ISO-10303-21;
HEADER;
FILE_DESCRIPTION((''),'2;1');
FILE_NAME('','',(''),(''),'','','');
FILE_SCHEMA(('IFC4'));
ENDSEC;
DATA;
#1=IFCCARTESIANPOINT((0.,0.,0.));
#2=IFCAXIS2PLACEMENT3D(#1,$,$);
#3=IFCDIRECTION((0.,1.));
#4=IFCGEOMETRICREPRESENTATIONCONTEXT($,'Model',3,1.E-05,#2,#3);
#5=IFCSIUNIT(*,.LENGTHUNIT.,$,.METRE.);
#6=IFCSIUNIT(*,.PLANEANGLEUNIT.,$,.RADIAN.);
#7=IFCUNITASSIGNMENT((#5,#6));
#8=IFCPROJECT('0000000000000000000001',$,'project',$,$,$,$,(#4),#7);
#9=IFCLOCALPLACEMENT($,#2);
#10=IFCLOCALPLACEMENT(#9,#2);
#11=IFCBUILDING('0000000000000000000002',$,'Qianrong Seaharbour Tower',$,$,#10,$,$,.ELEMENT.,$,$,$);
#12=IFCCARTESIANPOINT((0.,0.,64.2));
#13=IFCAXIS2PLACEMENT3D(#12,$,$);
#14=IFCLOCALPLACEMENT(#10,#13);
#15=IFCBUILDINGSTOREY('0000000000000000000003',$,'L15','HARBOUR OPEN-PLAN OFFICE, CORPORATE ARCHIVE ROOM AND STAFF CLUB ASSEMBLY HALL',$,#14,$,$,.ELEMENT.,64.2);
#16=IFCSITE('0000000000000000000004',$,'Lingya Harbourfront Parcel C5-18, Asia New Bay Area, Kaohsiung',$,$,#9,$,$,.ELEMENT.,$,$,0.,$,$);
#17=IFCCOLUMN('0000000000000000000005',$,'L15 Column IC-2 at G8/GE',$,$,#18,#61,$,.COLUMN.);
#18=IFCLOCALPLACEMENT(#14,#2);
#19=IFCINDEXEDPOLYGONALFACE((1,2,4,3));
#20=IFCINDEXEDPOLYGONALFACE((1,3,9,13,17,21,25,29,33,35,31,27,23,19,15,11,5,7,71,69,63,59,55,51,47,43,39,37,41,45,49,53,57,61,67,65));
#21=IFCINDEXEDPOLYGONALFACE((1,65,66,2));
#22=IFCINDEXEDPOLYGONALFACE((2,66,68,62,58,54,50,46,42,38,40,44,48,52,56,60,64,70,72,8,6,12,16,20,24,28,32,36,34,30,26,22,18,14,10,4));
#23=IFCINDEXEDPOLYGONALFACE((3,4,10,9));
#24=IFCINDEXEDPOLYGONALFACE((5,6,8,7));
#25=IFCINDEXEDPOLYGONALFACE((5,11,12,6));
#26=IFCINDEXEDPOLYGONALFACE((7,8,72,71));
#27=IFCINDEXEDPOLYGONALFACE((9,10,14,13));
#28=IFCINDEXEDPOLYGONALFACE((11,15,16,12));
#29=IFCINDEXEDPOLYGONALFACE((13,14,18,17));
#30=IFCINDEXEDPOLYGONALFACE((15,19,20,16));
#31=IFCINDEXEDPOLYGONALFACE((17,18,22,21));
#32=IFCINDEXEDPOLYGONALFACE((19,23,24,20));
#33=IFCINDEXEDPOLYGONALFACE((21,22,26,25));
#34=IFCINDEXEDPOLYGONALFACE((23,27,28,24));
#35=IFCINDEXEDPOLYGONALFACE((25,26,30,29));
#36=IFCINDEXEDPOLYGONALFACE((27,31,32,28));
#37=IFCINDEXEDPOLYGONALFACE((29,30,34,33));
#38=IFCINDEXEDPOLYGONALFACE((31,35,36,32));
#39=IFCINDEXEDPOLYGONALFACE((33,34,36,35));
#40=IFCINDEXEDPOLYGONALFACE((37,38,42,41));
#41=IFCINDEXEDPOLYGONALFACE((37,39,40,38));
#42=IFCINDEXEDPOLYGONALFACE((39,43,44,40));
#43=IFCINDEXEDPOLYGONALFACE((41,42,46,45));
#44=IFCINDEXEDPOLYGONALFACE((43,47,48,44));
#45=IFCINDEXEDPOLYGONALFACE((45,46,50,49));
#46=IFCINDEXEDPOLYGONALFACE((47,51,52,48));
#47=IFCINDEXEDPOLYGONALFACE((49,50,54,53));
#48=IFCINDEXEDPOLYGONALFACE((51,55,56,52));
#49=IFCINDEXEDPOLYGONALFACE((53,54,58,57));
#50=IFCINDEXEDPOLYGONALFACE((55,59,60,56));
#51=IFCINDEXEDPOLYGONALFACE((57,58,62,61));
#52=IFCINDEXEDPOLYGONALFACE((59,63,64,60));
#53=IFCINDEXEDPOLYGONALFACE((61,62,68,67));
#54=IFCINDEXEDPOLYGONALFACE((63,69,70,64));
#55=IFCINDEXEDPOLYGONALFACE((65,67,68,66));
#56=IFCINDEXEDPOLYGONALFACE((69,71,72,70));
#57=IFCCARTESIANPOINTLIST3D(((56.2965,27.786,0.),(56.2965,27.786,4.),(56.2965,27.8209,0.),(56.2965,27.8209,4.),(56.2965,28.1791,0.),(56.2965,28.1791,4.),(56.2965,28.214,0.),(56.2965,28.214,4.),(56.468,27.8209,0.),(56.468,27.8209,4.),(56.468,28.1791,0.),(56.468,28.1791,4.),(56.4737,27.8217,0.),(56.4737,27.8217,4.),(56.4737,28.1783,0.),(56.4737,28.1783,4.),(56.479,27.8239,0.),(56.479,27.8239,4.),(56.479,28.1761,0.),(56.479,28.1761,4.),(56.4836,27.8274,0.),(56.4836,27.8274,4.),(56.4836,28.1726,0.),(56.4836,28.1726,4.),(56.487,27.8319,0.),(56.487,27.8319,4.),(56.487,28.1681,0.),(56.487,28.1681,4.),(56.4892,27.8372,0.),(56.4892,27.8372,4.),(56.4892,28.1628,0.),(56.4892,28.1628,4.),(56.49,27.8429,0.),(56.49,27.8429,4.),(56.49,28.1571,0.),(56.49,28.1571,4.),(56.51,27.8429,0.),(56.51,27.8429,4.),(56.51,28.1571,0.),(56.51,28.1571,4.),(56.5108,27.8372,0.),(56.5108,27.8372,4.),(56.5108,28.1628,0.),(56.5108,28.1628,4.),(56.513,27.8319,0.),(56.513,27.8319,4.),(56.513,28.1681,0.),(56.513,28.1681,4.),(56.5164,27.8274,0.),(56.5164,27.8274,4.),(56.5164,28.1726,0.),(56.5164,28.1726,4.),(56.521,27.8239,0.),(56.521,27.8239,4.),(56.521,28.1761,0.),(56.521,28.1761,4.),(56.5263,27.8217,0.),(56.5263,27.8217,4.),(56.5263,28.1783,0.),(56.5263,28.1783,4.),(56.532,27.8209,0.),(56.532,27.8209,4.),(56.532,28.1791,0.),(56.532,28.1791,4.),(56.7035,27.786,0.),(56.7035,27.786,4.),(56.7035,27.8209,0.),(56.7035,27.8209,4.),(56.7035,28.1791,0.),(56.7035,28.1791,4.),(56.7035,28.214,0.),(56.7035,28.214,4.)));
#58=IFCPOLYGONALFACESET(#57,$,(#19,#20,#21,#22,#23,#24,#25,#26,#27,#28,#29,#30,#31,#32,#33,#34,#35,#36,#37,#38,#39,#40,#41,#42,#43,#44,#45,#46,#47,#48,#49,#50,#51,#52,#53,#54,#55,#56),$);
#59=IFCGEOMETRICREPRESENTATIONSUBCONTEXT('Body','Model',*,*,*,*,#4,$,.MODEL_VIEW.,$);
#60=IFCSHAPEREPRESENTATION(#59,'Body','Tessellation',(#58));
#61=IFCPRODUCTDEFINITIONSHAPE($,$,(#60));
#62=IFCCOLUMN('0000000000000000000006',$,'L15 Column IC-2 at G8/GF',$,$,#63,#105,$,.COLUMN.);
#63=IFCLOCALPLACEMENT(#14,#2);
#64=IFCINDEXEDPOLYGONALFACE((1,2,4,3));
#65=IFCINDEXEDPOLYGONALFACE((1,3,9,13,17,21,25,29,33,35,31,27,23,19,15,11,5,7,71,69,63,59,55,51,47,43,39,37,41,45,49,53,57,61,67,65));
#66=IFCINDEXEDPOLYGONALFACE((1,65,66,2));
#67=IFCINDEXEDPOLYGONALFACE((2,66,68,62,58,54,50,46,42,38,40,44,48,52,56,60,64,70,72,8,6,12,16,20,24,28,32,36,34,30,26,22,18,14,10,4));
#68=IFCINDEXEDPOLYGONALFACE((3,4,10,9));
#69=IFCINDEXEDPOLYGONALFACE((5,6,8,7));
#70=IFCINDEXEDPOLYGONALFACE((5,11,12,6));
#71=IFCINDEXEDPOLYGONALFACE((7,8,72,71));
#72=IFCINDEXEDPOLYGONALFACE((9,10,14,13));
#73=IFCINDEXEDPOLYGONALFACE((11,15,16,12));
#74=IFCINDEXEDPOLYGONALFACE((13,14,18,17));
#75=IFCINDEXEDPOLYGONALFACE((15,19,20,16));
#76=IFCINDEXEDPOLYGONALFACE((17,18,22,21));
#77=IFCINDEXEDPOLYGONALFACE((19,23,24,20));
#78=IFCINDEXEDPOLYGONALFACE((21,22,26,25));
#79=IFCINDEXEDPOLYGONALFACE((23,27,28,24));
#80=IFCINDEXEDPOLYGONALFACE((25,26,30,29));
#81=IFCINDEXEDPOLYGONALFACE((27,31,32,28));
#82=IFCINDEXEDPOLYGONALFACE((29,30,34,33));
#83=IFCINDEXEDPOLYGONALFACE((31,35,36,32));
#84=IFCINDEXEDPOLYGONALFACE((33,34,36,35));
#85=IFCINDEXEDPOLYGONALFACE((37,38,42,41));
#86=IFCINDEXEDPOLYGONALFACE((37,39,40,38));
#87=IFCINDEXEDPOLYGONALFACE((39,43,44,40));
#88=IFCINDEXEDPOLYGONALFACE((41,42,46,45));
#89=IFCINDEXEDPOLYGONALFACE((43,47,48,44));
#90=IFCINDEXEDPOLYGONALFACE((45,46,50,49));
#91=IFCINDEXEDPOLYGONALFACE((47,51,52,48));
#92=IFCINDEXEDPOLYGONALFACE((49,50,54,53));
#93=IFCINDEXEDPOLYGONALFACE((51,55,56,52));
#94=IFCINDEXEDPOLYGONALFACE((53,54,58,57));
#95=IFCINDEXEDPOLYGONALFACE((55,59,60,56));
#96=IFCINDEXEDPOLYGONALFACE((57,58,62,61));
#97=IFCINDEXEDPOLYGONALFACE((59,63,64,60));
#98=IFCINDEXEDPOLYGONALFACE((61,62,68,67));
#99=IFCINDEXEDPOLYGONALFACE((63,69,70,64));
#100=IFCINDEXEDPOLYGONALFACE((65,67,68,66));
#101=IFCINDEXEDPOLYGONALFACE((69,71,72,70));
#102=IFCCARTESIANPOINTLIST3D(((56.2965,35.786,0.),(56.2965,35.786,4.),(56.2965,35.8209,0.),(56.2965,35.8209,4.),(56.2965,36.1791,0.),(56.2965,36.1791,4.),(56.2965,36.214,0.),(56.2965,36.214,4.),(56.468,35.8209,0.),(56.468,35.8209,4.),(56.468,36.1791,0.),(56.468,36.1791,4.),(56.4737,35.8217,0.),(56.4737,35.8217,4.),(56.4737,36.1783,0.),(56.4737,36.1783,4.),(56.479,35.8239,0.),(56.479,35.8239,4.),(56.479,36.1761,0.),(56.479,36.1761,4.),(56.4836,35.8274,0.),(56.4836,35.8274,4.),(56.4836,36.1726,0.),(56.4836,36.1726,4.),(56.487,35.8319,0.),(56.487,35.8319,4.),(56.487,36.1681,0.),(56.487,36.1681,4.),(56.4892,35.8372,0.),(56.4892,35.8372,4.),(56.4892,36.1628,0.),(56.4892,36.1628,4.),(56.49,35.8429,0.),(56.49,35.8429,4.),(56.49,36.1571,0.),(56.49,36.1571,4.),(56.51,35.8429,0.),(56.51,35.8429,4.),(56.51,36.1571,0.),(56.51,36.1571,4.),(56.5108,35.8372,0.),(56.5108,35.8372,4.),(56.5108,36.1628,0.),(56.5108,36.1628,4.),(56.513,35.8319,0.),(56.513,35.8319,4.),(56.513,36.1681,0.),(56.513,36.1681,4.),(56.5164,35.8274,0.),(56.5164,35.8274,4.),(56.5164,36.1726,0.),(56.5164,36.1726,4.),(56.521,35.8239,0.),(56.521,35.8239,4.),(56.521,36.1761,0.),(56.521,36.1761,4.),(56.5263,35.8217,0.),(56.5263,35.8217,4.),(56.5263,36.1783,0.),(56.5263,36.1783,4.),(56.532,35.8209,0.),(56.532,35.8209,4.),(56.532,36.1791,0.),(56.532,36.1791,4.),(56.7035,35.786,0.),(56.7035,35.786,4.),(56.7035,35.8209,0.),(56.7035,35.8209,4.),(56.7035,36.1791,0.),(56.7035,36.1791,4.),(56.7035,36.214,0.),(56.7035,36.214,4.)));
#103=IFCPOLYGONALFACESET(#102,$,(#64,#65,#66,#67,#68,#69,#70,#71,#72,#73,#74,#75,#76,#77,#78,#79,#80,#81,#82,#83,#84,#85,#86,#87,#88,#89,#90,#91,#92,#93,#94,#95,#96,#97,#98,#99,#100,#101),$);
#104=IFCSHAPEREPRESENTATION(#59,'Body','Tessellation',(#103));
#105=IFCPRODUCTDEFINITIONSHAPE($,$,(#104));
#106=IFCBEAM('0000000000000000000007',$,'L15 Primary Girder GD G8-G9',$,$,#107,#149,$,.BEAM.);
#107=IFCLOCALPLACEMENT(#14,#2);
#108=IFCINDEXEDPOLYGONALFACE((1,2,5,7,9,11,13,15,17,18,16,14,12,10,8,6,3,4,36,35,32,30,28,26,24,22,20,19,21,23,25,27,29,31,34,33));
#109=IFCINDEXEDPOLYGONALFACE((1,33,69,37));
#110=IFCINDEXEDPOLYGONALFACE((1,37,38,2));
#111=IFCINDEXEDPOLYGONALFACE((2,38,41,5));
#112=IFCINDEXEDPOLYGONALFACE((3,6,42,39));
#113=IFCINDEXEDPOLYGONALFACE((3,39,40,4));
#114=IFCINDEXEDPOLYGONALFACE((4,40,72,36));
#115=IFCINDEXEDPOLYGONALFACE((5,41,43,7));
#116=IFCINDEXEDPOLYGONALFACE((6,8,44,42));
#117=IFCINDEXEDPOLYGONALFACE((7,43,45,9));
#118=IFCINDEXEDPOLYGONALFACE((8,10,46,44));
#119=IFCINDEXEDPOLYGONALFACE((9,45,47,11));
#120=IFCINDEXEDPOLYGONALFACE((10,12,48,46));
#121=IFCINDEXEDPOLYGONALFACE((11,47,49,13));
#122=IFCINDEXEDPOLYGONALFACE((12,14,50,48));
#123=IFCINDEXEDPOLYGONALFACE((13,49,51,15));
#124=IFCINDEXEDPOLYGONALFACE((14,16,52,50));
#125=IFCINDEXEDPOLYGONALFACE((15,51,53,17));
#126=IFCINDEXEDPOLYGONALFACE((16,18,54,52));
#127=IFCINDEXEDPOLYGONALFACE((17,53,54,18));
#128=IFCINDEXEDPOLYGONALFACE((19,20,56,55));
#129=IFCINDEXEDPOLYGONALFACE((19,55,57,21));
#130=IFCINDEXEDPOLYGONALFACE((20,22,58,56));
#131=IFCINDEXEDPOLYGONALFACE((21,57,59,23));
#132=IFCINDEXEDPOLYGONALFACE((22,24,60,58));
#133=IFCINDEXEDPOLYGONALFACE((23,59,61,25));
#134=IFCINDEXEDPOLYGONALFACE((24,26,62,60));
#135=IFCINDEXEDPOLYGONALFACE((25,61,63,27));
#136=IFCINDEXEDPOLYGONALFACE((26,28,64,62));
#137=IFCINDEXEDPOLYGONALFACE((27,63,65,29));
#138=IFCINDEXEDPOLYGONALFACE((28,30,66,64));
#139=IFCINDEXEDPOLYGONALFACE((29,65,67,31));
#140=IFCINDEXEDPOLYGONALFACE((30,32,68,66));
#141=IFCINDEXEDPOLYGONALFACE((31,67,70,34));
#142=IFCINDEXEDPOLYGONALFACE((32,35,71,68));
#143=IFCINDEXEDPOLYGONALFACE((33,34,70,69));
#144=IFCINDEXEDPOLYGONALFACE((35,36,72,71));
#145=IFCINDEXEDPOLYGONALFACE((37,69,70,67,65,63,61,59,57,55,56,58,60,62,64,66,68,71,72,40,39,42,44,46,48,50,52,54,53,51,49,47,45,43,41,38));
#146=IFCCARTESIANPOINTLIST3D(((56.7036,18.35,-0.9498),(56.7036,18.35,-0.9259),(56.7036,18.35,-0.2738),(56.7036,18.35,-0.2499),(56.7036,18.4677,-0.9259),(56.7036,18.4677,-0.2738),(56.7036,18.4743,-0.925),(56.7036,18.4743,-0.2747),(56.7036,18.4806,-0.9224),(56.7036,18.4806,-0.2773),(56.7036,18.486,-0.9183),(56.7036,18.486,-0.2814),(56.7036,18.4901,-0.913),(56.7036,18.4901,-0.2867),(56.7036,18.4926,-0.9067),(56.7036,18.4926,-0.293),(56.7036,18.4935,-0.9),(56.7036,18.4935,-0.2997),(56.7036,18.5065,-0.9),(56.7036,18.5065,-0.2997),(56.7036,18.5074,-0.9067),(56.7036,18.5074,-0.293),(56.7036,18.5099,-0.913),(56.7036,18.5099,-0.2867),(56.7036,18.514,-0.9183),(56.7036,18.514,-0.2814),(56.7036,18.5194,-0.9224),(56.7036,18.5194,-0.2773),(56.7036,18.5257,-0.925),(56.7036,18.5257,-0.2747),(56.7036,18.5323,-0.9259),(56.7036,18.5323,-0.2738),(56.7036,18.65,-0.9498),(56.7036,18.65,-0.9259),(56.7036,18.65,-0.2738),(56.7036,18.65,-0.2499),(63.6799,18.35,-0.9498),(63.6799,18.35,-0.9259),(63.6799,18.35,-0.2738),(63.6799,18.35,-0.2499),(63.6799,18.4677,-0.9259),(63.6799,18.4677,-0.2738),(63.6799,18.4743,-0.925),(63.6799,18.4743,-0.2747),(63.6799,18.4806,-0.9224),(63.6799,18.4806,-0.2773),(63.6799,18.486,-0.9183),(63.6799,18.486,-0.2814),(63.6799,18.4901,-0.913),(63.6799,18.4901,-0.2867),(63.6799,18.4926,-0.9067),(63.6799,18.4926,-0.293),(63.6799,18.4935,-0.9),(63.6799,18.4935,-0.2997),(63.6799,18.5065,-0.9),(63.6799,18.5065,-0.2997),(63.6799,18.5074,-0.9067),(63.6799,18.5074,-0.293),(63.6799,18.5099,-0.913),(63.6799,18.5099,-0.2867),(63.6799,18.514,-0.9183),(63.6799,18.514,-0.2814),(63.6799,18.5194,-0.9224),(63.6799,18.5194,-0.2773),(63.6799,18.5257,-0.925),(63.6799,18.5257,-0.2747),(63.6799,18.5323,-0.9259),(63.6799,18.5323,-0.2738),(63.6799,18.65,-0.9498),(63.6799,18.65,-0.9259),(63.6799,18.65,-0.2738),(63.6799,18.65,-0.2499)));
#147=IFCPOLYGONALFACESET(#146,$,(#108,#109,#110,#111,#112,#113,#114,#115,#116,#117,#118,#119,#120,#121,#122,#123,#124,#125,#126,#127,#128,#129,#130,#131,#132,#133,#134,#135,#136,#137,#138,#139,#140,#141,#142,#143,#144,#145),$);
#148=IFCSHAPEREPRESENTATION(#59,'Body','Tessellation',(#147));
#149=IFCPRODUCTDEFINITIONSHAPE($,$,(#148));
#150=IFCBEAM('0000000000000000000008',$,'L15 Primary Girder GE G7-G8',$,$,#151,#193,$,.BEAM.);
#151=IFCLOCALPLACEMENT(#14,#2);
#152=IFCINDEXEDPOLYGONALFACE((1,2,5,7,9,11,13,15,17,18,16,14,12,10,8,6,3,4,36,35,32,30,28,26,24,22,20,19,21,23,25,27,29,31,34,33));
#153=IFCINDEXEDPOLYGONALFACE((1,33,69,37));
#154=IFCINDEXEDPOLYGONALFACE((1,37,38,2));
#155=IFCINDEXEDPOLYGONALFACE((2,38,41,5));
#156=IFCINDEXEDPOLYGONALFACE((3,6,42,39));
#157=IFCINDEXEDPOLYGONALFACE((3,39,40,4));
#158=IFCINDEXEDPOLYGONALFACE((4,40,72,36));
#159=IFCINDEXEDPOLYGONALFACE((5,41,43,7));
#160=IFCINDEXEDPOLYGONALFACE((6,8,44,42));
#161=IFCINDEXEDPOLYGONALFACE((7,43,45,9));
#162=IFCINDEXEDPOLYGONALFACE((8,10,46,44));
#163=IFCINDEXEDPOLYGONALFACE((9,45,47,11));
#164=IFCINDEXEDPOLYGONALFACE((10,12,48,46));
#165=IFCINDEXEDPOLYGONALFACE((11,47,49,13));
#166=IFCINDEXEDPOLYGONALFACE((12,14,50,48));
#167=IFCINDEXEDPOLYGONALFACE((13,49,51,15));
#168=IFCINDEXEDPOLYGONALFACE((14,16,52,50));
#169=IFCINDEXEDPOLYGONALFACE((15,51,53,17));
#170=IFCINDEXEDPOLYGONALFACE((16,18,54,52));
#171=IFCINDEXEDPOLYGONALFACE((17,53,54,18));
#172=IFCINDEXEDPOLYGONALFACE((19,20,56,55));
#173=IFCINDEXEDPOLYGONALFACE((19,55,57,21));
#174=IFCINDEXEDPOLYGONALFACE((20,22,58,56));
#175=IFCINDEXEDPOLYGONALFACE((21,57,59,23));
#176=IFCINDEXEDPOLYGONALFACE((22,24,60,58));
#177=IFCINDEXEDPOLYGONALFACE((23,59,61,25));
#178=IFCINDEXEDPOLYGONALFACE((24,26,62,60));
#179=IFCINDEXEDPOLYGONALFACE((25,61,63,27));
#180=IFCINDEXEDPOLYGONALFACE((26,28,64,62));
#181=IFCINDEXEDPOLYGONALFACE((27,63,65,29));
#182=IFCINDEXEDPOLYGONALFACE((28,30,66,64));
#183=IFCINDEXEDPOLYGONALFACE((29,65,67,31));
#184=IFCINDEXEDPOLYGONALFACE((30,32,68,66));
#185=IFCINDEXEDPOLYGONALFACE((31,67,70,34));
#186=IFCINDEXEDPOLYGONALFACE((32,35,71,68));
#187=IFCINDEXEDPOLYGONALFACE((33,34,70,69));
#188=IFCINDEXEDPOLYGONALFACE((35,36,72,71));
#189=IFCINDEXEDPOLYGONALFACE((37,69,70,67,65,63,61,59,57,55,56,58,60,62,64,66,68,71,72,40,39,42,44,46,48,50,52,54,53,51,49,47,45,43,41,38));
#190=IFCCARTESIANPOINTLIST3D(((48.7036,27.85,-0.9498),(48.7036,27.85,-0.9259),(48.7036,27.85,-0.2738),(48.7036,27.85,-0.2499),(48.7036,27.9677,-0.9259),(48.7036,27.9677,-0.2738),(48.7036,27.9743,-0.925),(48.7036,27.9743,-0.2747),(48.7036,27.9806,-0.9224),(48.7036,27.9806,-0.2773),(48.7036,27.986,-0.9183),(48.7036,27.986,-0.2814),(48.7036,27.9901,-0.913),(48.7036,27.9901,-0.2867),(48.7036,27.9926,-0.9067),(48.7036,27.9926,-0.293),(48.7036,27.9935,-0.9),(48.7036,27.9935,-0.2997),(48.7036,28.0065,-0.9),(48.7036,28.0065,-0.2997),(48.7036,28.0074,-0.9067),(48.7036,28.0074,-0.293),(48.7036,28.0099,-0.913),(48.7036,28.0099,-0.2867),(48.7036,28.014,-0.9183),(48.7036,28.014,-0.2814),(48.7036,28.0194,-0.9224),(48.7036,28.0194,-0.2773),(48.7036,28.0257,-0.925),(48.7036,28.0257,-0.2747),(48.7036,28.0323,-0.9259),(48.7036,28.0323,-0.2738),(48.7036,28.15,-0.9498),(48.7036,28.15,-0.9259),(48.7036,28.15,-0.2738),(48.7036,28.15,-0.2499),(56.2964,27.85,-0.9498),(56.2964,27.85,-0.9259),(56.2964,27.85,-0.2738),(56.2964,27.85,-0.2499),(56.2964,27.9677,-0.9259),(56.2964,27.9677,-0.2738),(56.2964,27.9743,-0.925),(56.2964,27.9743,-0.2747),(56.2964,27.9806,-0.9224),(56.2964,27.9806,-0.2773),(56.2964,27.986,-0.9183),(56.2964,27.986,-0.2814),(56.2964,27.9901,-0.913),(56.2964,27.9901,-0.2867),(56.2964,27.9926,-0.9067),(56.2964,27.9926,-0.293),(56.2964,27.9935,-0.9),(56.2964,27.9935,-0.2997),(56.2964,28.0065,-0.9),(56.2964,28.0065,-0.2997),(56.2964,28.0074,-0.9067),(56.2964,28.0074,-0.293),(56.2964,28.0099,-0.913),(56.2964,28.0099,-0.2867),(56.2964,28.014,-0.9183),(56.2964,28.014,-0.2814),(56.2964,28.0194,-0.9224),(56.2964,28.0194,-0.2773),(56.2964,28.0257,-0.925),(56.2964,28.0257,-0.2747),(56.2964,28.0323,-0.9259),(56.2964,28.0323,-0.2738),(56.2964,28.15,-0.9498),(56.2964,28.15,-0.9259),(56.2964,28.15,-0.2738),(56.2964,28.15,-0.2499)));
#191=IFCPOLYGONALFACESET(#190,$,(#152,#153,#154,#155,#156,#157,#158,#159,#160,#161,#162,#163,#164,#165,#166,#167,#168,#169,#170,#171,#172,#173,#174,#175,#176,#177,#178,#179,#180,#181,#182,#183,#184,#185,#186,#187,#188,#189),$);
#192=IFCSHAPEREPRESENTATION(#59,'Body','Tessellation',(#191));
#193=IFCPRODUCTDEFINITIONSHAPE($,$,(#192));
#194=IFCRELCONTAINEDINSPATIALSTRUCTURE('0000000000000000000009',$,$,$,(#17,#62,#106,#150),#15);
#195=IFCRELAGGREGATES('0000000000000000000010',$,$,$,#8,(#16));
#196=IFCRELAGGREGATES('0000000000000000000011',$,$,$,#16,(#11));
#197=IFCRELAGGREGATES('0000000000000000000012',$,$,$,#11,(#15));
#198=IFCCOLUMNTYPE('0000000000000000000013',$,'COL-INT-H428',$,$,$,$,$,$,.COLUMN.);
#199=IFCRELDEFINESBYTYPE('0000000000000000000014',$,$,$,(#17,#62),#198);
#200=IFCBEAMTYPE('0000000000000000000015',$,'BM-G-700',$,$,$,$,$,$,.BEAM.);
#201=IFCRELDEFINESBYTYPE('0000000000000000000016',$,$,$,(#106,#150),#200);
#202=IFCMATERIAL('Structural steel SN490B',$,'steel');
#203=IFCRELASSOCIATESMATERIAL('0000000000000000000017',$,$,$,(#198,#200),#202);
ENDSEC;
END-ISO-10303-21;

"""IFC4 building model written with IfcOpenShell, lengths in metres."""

from ifc_helpers import new_model, si_unit, direction, frame, origin, origin_2d, place, context, subcontext, project, spatial, i_section, extrude, material, material_profile, profile_set, type_object, element, save


model = new_model("IFC4")

# Units and contexts
model_context = context("Model", 3, precision=1e-05, world=origin(), true_north=direction((0.0, 1.0)))
body_context = subcontext(model_context, "Body", "Model", "MODEL_VIEW")
ifc_project = project(units=[si_unit("LENGTHUNIT", "METRE"), si_unit("PLANEANGLEUNIT", "RADIAN")], contexts=[model_context])

# Site, building, storey
site_placement = place(None, origin())
site = spatial("IfcSite", under=ifc_project, at=site_placement, Name="Lingya Harbourfront Parcel C5-18, Asia New Bay Area, Kaohsiung", CompositionType="ELEMENT", RefElevation=0.0)
building_placement = place(site_placement, origin())
building = spatial("IfcBuilding", under=site, at=building_placement, Name="Qianrong Seaharbour Tower", CompositionType="ELEMENT")
storey_placement = place(building_placement, frame((0.0, 0.0, 64.2)))
storey = spatial("IfcBuildingStorey", under=building, at=storey_placement, Name="L15", Description="HARBOUR OPEN-PLAN OFFICE, CORPORATE ARCHIVE ROOM AND STAFF CLUB ASSEMBLY HALL", CompositionType="ELEMENT", Elevation=64.2)

# Columns
ifc_material_1 = material(Name="Structural steel SN490B", Category="steel")
ifc_material_profile_1 = material_profile(ifc_material_1, i_section(OverallWidth=0.407, OverallDepth=0.428, WebThickness=0.02, FlangeThickness=0.0349, FilletRadius=0.022, at=origin_2d()), Name="H428x407x20x35")
ifc_profile_set_1 = profile_set([ifc_material_profile_1], Name="Structural steel SN490B")
column_type_1 = type_object("IfcColumnType", Name="COL-INT-H428", PredefinedType="COLUMN", material=ifc_profile_set_1)
for number, where, z_axis, x_axis, name in (
    (1, (56.5, 28.0, 0.0), (0.0, 0.0, 1.0), (1.0, 0.0, 0.0), "L15 Column IC-2 at G8/GE"),
    (2, (56.5, 36.0, 0.0), (0.0, 0.0, 1.0), (1.0, 0.0, 0.0), "L15 Column IC-2 at G8/GF"),
):
    element("IfcColumn", number, at=place(storey_placement, frame(where, z_axis=z_axis, x_axis=x_axis)), inside=storey, type_object=column_type_1, Name=name, PredefinedType="COLUMN", context=body_context, shape_type="SweptSolid", body=[
        extrude(i_section(OverallWidth=0.407, OverallDepth=0.428, WebThickness=0.02, FlangeThickness=0.0349, FilletRadius=0.022, at=origin_2d()), origin(), (0.0, 0.0, 1.0), 4.0),
    ])

# Beams
ifc_material_profile_2 = material_profile(ifc_material_1, i_section(OverallWidth=0.3, OverallDepth=0.7, WebThickness=0.0129, FlangeThickness=0.0239, FilletRadius=0.0259, at=origin_2d()), Name="H700x300x13x24")
ifc_profile_set_2 = profile_set([ifc_material_profile_2], Name="Structural steel SN490B")
beam_type_1 = type_object("IfcBeamType", Name="BM-G-700", PredefinedType="BEAM", material=ifc_profile_set_2)
beam_1_placement = place(storey_placement, frame((56.7036, 18.5, -0.5999), z_axis=(1.0, 0.0, 0.0), x_axis=(0.0, 1.0, 0.0)))
element("IfcBeam", 3, at=beam_1_placement, inside=storey, type_object=beam_type_1, Name="L15 Primary Girder GD G8-G9", PredefinedType="BEAM", context=body_context, shape_type="SweptSolid", body=[
    extrude(i_section(OverallWidth=0.3, OverallDepth=0.7, WebThickness=0.0129, FlangeThickness=0.0239, FilletRadius=0.0259, at=origin_2d()), origin(), (0.0, 0.0, 1.0), 6.9763),
])
beam_2_placement = place(storey_placement, frame((48.7036, 28.0, -0.5999), z_axis=(1.0, 0.0, 0.0), x_axis=(0.0, 1.0, 0.0)))
element("IfcBeam", 4, at=beam_2_placement, inside=storey, type_object=beam_type_1, Name="L15 Primary Girder GE G7-G8", PredefinedType="BEAM", context=body_context, shape_type="SweptSolid", body=[
    extrude(i_section(OverallWidth=0.3, OverallDepth=0.7, WebThickness=0.0129, FlangeThickness=0.0239, FilletRadius=0.0259, at=origin_2d()), origin(), (0.0, 0.0, 1.0), 7.5928),
])

save(model, "model.ifc")
